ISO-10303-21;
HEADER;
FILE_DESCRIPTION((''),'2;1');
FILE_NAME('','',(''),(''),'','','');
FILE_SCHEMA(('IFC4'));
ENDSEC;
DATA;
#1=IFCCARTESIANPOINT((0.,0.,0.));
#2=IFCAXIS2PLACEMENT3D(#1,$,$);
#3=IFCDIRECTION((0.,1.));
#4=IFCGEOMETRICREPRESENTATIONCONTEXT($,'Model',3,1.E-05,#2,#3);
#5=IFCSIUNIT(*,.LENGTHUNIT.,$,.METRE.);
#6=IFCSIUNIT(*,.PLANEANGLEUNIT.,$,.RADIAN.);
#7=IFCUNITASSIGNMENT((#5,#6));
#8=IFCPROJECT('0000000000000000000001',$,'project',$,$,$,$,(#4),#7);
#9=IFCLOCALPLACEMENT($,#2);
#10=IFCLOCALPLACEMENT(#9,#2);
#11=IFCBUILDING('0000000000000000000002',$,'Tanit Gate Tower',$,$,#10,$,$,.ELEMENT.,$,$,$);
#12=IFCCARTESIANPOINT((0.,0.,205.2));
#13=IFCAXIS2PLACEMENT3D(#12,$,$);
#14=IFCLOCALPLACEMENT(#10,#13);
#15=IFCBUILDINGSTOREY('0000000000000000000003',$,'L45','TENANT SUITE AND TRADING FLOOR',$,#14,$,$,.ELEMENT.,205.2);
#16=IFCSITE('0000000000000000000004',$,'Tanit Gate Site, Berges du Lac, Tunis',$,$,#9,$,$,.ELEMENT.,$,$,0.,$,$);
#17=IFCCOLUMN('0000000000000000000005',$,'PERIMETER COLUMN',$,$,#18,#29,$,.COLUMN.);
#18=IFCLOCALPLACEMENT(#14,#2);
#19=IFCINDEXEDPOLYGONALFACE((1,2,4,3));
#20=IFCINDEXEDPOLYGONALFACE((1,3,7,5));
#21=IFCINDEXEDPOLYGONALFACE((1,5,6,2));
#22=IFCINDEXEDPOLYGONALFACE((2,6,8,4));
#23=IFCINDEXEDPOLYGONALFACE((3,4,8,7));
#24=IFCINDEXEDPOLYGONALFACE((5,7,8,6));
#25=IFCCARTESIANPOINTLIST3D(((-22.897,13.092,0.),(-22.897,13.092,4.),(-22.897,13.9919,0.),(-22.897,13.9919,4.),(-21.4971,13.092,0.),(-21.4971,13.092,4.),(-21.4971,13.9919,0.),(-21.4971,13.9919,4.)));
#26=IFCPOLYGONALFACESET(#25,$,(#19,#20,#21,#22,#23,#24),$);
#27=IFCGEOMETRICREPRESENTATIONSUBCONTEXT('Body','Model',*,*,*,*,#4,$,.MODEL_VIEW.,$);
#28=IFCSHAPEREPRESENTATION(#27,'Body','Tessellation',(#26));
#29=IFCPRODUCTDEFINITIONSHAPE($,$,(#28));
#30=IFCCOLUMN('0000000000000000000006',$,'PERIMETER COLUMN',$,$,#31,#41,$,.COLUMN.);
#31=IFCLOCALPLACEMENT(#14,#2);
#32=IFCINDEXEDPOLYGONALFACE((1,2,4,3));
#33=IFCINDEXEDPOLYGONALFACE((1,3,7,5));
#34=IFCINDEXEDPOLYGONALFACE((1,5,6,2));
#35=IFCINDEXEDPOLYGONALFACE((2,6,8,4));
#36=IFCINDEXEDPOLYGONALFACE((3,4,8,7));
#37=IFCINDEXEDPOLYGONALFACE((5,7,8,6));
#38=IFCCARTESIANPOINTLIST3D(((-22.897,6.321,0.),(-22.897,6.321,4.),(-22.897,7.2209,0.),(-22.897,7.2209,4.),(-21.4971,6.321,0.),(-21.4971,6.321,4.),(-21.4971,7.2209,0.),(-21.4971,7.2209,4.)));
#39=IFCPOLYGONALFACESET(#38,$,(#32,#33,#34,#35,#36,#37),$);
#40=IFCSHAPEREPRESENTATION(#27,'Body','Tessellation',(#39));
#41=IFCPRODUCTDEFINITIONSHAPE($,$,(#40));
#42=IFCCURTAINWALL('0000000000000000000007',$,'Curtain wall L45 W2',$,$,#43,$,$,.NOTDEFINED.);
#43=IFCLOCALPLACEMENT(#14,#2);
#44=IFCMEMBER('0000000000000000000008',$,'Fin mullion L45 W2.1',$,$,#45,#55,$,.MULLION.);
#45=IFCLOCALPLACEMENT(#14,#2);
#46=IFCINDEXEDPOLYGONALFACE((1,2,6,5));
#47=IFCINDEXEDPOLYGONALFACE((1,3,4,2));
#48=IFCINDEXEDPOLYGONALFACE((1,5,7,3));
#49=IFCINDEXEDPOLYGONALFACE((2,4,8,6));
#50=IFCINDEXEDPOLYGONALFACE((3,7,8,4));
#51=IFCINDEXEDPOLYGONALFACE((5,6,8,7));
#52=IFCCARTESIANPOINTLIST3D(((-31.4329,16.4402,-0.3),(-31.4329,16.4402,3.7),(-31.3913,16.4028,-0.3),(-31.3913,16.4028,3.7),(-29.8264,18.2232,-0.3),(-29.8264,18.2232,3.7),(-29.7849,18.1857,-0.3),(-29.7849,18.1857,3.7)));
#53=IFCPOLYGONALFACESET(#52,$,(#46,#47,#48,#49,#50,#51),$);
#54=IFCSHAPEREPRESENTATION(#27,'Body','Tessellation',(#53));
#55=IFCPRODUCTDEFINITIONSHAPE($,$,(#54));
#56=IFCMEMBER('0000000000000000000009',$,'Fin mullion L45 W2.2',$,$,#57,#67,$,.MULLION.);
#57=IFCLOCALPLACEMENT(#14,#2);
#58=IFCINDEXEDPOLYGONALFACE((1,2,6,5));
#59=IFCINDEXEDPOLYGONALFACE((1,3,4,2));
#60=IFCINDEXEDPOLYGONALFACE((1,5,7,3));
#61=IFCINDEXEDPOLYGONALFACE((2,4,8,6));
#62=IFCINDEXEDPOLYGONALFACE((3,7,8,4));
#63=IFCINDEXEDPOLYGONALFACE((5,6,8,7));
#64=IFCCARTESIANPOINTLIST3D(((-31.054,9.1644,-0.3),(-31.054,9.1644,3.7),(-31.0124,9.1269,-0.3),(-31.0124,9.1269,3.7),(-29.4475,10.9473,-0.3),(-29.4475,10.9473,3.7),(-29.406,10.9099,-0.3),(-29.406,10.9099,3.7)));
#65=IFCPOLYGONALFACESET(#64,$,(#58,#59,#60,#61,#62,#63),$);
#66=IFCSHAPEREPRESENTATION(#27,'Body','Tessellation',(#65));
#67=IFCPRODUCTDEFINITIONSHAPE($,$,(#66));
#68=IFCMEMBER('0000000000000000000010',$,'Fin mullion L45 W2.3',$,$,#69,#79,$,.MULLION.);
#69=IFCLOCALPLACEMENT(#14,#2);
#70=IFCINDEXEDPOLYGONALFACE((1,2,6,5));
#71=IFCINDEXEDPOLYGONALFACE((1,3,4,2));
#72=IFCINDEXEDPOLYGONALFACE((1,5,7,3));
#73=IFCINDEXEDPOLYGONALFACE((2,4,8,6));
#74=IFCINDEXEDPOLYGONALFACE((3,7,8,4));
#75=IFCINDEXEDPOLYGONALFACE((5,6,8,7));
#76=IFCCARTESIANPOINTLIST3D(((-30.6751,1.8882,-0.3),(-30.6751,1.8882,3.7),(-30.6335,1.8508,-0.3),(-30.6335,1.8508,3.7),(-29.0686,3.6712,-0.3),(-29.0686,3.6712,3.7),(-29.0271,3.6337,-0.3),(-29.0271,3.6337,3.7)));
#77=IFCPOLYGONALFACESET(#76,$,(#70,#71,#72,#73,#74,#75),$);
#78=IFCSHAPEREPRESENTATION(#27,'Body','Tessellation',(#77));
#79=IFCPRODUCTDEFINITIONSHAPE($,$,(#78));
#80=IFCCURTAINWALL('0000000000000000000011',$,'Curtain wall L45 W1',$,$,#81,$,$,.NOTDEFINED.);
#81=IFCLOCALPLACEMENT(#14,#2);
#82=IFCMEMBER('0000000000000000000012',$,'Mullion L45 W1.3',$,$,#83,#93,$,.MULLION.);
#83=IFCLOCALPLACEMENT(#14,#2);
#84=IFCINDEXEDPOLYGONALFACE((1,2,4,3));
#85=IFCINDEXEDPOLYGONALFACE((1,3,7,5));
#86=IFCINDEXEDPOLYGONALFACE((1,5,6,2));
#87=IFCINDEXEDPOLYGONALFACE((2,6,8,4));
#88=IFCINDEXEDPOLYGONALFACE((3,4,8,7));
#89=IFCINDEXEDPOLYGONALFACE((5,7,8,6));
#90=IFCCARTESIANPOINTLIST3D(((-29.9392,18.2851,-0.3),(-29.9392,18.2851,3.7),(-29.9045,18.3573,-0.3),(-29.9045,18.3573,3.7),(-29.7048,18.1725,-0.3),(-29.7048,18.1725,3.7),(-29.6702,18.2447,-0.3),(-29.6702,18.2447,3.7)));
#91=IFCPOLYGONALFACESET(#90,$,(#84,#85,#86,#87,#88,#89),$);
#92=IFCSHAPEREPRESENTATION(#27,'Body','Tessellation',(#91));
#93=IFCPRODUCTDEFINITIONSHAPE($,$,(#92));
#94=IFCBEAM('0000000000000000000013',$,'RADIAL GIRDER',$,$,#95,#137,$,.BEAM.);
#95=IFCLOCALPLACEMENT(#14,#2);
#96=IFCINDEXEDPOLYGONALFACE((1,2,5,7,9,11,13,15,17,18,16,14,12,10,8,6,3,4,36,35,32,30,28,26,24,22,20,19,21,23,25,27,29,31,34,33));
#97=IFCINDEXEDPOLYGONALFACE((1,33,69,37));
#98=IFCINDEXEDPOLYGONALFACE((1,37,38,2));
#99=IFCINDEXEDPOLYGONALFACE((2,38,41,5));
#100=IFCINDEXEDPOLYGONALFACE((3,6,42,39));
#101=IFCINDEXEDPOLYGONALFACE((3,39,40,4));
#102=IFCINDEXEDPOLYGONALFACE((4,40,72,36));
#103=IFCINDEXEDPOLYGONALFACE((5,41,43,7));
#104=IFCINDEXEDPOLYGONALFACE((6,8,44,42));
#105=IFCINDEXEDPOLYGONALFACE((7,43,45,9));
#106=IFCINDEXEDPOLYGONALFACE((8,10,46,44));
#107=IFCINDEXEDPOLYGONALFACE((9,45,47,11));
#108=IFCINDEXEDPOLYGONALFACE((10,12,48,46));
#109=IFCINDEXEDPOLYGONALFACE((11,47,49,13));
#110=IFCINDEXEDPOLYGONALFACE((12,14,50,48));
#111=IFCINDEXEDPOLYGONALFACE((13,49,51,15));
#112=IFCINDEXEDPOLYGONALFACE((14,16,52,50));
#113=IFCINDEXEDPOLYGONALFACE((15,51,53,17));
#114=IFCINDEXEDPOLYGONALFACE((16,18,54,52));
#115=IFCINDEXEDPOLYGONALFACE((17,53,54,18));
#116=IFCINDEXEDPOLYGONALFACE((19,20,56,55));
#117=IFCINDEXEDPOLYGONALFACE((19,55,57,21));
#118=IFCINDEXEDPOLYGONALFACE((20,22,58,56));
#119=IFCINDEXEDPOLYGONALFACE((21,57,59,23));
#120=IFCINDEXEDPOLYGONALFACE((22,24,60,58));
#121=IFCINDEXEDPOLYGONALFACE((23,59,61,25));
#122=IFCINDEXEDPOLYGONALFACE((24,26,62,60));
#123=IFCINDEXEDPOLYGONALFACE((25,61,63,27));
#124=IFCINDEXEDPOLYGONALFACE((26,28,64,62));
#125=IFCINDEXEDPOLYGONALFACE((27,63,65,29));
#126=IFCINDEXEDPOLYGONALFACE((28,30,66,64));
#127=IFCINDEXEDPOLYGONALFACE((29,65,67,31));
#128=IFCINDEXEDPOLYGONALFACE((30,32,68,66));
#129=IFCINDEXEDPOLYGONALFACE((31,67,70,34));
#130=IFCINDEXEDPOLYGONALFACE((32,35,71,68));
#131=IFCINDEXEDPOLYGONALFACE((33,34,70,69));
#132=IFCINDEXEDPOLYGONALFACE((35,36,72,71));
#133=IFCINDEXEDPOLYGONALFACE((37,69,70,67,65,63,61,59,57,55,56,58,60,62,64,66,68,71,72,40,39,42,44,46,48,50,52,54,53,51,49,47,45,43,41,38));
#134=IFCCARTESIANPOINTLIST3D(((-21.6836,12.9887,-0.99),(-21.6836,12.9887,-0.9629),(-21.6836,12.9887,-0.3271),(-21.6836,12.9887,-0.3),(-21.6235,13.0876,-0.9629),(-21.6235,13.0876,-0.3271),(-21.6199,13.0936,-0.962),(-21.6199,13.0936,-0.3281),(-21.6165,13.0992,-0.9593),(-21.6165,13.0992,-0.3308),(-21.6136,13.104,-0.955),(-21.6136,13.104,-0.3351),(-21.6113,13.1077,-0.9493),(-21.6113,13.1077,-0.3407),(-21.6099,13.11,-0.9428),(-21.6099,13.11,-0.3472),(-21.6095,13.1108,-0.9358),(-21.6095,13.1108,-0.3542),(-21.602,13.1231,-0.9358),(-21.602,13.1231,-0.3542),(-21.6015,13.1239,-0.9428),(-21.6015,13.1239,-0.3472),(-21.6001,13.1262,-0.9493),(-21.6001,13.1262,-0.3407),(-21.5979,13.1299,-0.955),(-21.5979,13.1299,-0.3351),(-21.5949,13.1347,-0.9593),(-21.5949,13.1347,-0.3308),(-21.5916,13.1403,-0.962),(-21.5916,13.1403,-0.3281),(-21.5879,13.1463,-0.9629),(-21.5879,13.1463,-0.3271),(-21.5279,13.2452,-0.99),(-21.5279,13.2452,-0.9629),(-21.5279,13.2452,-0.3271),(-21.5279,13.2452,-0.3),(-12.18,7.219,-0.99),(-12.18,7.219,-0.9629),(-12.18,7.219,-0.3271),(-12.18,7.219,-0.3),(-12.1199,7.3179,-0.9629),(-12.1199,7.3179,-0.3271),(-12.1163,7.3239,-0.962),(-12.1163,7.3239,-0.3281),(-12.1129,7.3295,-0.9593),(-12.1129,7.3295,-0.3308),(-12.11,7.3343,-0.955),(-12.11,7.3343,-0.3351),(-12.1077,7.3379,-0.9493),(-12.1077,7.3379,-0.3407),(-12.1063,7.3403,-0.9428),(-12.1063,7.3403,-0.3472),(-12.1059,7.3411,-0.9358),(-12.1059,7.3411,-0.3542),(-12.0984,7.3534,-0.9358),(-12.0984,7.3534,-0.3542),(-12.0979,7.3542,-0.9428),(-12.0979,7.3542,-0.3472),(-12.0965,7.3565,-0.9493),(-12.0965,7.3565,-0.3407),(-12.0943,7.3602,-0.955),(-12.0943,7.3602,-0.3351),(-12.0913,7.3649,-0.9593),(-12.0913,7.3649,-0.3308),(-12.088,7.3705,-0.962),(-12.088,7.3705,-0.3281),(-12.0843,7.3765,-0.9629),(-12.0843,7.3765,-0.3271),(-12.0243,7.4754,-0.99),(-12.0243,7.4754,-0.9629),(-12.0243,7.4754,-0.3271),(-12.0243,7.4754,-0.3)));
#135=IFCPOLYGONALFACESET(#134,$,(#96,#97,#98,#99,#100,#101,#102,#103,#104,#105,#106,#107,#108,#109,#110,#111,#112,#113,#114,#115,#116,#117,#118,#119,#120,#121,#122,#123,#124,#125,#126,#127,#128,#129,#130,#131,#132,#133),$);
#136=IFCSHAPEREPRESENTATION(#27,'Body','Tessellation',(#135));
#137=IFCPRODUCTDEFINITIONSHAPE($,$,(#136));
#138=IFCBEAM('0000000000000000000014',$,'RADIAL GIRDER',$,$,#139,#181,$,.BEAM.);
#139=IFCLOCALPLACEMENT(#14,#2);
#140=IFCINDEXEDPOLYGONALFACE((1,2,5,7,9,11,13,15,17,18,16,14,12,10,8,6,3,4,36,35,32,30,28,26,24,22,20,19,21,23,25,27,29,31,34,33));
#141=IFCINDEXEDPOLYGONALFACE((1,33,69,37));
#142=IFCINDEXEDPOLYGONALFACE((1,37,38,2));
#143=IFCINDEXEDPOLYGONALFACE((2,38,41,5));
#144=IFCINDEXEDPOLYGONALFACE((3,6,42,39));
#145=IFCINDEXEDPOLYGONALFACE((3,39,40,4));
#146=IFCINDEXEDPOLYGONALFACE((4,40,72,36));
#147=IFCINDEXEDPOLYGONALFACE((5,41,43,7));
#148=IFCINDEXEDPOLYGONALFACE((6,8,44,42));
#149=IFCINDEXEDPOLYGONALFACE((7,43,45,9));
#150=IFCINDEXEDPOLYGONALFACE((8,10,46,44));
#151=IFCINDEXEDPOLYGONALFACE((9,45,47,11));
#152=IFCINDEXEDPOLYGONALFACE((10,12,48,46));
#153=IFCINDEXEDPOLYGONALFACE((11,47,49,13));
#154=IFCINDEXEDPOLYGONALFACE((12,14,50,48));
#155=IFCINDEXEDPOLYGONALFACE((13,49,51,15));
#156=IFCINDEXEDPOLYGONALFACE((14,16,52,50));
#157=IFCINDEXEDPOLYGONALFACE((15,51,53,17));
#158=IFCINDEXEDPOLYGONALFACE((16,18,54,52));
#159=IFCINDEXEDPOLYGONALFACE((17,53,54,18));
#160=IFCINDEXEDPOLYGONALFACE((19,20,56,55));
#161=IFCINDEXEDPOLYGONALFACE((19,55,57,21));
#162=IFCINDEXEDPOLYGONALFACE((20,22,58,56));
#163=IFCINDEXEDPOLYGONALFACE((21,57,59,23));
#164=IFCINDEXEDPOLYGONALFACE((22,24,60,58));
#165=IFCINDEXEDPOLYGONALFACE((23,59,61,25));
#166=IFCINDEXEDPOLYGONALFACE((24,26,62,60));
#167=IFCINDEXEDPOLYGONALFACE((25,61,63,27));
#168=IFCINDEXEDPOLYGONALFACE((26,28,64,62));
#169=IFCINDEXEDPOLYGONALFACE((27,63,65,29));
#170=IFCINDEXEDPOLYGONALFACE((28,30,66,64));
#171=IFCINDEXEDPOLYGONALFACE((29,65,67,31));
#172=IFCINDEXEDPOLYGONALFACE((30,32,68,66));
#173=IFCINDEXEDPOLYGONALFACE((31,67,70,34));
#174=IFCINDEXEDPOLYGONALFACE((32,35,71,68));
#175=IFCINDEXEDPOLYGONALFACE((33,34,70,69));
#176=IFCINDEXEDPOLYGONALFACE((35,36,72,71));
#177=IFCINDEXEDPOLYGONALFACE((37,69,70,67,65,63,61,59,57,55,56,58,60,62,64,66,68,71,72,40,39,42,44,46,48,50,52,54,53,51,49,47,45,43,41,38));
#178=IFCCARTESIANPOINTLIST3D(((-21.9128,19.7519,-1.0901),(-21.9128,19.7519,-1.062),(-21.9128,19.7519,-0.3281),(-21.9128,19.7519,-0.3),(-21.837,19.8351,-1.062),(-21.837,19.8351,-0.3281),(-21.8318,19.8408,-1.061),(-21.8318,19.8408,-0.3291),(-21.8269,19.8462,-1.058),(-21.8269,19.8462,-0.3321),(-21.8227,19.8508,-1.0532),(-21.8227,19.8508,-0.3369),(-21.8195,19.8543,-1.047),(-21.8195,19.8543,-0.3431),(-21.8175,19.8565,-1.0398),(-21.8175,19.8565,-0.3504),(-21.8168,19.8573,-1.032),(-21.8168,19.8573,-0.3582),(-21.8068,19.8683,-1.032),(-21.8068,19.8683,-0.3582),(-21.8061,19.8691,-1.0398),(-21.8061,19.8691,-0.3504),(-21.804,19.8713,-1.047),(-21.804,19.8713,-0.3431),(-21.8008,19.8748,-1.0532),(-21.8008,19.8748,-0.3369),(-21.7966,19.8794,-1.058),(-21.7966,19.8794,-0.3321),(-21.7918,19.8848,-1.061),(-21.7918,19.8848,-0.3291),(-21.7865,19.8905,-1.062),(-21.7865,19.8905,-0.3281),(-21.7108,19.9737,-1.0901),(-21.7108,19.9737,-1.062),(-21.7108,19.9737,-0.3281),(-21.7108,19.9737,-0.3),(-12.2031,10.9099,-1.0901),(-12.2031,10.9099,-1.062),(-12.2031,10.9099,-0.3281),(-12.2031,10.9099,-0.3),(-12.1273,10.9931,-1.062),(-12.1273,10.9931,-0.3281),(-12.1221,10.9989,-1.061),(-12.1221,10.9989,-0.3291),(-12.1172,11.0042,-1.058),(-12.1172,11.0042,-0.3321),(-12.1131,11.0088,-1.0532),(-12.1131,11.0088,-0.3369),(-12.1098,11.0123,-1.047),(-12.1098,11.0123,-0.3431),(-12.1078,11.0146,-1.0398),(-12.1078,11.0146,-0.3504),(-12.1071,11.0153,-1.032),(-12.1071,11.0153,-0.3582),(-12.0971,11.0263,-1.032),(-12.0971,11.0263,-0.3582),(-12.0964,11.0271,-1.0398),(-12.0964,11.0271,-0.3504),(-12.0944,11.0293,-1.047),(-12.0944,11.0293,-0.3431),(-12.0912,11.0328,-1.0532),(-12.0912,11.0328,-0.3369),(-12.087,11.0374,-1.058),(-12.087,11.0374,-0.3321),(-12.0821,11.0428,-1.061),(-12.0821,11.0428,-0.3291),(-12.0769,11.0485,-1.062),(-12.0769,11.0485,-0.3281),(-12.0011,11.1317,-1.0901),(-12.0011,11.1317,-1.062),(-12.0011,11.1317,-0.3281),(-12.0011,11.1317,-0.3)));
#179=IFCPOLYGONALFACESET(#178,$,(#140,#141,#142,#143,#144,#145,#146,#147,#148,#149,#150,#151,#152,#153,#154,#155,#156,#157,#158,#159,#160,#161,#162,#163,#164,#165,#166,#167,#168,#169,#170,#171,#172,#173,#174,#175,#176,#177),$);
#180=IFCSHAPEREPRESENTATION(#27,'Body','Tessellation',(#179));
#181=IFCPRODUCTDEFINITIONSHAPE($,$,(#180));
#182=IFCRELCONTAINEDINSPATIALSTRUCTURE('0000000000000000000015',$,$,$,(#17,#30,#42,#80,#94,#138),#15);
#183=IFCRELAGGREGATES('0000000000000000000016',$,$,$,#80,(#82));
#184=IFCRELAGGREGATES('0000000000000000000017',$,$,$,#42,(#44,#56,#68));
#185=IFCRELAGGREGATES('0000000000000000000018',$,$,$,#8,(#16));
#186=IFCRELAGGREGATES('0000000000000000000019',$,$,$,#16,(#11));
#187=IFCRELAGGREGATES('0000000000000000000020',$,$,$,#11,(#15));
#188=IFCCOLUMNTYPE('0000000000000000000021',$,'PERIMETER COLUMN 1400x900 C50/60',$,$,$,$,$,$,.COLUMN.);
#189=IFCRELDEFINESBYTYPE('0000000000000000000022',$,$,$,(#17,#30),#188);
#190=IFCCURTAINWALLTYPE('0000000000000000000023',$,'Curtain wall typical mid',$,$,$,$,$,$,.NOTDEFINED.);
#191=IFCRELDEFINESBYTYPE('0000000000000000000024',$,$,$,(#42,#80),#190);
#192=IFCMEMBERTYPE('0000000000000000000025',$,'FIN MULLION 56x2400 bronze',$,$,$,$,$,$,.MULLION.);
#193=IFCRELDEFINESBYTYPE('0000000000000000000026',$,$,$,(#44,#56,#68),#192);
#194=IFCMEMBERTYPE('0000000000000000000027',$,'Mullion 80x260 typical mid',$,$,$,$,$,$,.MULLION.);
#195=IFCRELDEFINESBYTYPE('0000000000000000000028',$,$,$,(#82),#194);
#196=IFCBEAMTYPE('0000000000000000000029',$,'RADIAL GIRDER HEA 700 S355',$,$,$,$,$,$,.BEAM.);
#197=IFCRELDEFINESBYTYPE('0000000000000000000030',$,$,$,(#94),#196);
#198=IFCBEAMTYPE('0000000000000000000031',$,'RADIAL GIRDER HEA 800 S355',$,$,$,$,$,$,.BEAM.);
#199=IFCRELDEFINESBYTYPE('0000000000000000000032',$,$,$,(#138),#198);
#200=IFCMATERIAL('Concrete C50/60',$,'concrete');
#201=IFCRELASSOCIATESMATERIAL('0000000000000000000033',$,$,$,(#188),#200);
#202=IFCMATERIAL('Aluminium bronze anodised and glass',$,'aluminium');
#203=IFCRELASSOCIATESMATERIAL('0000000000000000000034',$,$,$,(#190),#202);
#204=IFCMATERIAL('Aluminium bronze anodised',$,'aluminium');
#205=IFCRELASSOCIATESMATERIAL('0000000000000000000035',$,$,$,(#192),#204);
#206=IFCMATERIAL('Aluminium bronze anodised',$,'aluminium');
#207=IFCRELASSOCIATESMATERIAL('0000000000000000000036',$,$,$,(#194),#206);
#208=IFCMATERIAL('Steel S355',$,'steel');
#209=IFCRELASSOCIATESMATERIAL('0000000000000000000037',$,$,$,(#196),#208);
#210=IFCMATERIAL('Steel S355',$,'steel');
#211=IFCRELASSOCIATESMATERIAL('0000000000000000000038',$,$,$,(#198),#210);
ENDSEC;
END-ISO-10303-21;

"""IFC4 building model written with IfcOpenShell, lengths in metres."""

from ifc_helpers import new_model, si_unit, direction, frame, origin, origin_2d, place, context, subcontext, project, spatial, rectangle, i_section, extrude, material, material_profile, profile_set, type_object, element, aggregate, save


model = new_model("IFC4")

# Units and contexts
model_context = context("Model", 3, precision=1e-05, world=origin(), true_north=direction((0.0, 1.0)))
body_context = subcontext(model_context, "Body", "Model", "MODEL_VIEW")
ifc_project = project(units=[si_unit("LENGTHUNIT", "METRE"), si_unit("PLANEANGLEUNIT", "RADIAN")], contexts=[model_context])

# Site, building, storey
site_placement = place(None, origin())
site = spatial("IfcSite", under=ifc_project, at=site_placement, Name="Tanit Gate Site, Berges du Lac, Tunis", CompositionType="ELEMENT", RefElevation=0.0)
building_placement = place(site_placement, origin())
building = spatial("IfcBuilding", under=site, at=building_placement, Name="Tanit Gate Tower", CompositionType="ELEMENT")
storey_placement = place(building_placement, frame((0.0, 0.0, 205.2)))
storey = spatial("IfcBuildingStorey", under=building, at=storey_placement, Name="L45", Description="TENANT SUITE AND TRADING FLOOR", CompositionType="ELEMENT", Elevation=205.2)

# Columns
ifc_material_1 = material(Name="Concrete C50/60", Category="concrete")
ifc_material_profile_1 = material_profile(ifc_material_1, rectangle(XDim=1.3999, YDim=0.8999, at=origin_2d()), Name="RC 1400x900")
ifc_profile_set_1 = profile_set([ifc_material_profile_1], Name="Concrete C50/60")
column_type = type_object("IfcColumnType", Name="PERIMETER COLUMN 1400x900 C50/60", PredefinedType="COLUMN", material=ifc_profile_set_1)
for number, where, z_axis, x_axis, name in (
    (1, (-22.197, 13.542, 0.0), (0.0, 0.0, 1.0), (-1.0, 0.0, 0.0), "PERIMETER COLUMN"),
    (2, (-22.197, 6.771, 0.0), (0.0, 0.0, 1.0), (-1.0, 0.0, 0.0), "PERIMETER COLUMN"),
):
    element("IfcColumn", number, at=place(storey_placement, frame(where, z_axis=z_axis, x_axis=x_axis)), inside=storey, type_object=column_type, Name=name, PredefinedType="COLUMN", context=body_context, shape_type="SweptSolid", body=[
        extrude(rectangle(XDim=1.3999, YDim=0.8999, at=origin_2d()), origin(), (0.0, 0.0, 1.0), 4.0),
    ])

# Curtain wall, members
ifc_material_2 = material(Name="Aluminium bronze anodised and glass", Category="aluminium")
curtain_wall_type = type_object("IfcCurtainWallType", Name="Curtain wall typical mid", PredefinedType="NOTDEFINED", material=ifc_material_2)
curtain_wall_1_placement = place(storey_placement, origin())
curtain_wall_1 = element("IfcCurtainWall", 3, at=curtain_wall_1_placement, inside=storey, type_object=curtain_wall_type, Name="Curtain wall L45 W2", PredefinedType="NOTDEFINED")
ifc_material_3 = material(Name="Aluminium bronze anodised", Category="aluminium")
ifc_material_profile_2 = material_profile(ifc_material_3, rectangle(XDim=2.3999, YDim=0.0559, at=origin_2d()), Name="56x2400 bronze fin mullion")
ifc_profile_set_2 = profile_set([ifc_material_profile_2], Name="Aluminium bronze anodised")
member_type_1 = type_object("IfcMemberType", Name="FIN MULLION 56x2400 bronze", PredefinedType="MULLION", material=ifc_profile_set_2)
member_1_placement = place(storey_placement, frame((-30.6089, 17.313, -0.3), z_axis=(0.0, 0.0, 1.0), x_axis=(0.669378, 0.742922, 0.0)))
member_1 = element("IfcMember", 4, at=member_1_placement, type_object=member_type_1, Name="Fin mullion L45 W2.1", PredefinedType="MULLION", context=body_context, shape_type="SweptSolid", body=[
    extrude(rectangle(XDim=2.3999, YDim=0.0559, at=origin_2d()), origin(), (0.0, 0.0, 1.0), 4.0),
])
member_2_placement = place(storey_placement, frame((-30.23, 10.0371, -0.3), z_axis=(0.0, 0.0, 1.0), x_axis=(0.669378, 0.742922, 0.0)))
member_2 = element("IfcMember", 5, at=member_2_placement, type_object=member_type_1, Name="Fin mullion L45 W2.2", PredefinedType="MULLION", context=body_context, shape_type="SweptSolid", body=[
    extrude(rectangle(XDim=2.3999, YDim=0.0559, at=origin_2d()), origin(), (0.0, 0.0, 1.0), 4.0),
])
member_3_placement = place(storey_placement, frame((-29.8511, 2.761, -0.3), z_axis=(0.0, 0.0, 1.0), x_axis=(0.669378, 0.742922, 0.0)))
member_3 = element("IfcMember", 6, at=member_3_placement, type_object=member_type_1, Name="Fin mullion L45 W2.3", PredefinedType="MULLION", context=body_context, shape_type="SweptSolid", body=[
    extrude(rectangle(XDim=2.3999, YDim=0.0559, at=origin_2d()), origin(), (0.0, 0.0, 1.0), 4.0),
])

# Curtain wall, member
curtain_wall_2_placement = place(storey_placement, origin())
curtain_wall_2 = element("IfcCurtainWall", 7, at=curtain_wall_2_placement, inside=storey, type_object=curtain_wall_type, Name="Curtain wall L45 W1", PredefinedType="NOTDEFINED")
ifc_material_4 = material(Name="Aluminium bronze anodised", Category="aluminium")
ifc_material_profile_3 = material_profile(ifc_material_4, rectangle(XDim=0.26, YDim=0.0801, at=origin_2d()), Name="80x260 bronze mullion")
ifc_profile_set_3 = profile_set([ifc_material_profile_3], Name="Aluminium bronze anodised")
member_type_2 = type_object("IfcMemberType", Name="Mullion 80x260 typical mid", PredefinedType="MULLION", material=ifc_profile_set_3)
member_4_placement = place(storey_placement, frame((-29.8047, 18.2649, -0.3), z_axis=(0.0, 0.0, 1.0), x_axis=(0.901367, -0.433057, 0.0)))
member_4 = element("IfcMember", 8, at=member_4_placement, type_object=member_type_2, Name="Mullion L45 W1.3", PredefinedType="MULLION", context=body_context, shape_type="SweptSolid", body=[
    extrude(rectangle(XDim=0.26, YDim=0.0801, at=origin_2d()), origin(), (0.0, 0.0, 1.0), 4.0),
])
aggregate(curtain_wall_2, [member_4])

# Beams
ifc_material_5 = material(Name="Steel S355", Category="steel")
ifc_material_profile_4 = material_profile(ifc_material_5, i_section(OverallWidth=0.3, OverallDepth=0.6899, WebThickness=0.0144, FlangeThickness=0.0271, FilletRadius=0.0271, at=origin_2d()), Name="HEA 700")
ifc_profile_set_4 = profile_set([ifc_material_profile_4], Name="Steel S355")
beam_type_1 = type_object("IfcBeamType", Name="RADIAL GIRDER HEA 700 S355", PredefinedType="BEAM", material=ifc_profile_set_4)
beam_1_placement = place(storey_placement, frame((-21.6057, 13.1169, -0.645), z_axis=(0.8548, -0.518958, 0.0), x_axis=(0.518958, 0.8548, 0.0)))
element("IfcBeam", 9, at=beam_1_placement, inside=storey, type_object=beam_type_1, Name="RADIAL GIRDER", PredefinedType="BEAM", context=body_context, shape_type="SweptSolid", body=[
    extrude(i_section(OverallWidth=0.3, OverallDepth=0.6899, WebThickness=0.0144, FlangeThickness=0.0271, FilletRadius=0.0271, at=origin_2d()), origin(), (0.0, 0.0, 1.0), 11.1179),
])
ifc_material_6 = material(Name="Steel S355", Category="steel")
ifc_material_profile_5 = material_profile(ifc_material_6, i_section(OverallWidth=0.3, OverallDepth=0.79, WebThickness=0.0149, FlangeThickness=0.0281, FilletRadius=0.03, at=origin_2d()), Name="HEA 800")
ifc_profile_set_5 = profile_set([ifc_material_profile_5], Name="Steel S355")
beam_type_2 = type_object("IfcBeamType", Name="RADIAL GIRDER HEA 800 S355", PredefinedType="BEAM", material=ifc_profile_set_5)
beam_2_placement = place(storey_placement, frame((-21.8118, 19.8628, -0.6951), z_axis=(0.73937, -0.673299, 0.0), x_axis=(0.673299, 0.73937, 0.0)))
element("IfcBeam", 10, at=beam_2_placement, inside=storey, type_object=beam_type_2, Name="RADIAL GIRDER", PredefinedType="BEAM", context=body_context, shape_type="SweptSolid", body=[
    extrude(i_section(OverallWidth=0.3, OverallDepth=0.79, WebThickness=0.0149, FlangeThickness=0.0281, FilletRadius=0.03, at=origin_2d()), origin(), (0.0, 0.0, 1.0), 13.1323),
])

aggregate(curtain_wall_1, [member_1, member_2, member_3])

save(model, "model.ifc")
